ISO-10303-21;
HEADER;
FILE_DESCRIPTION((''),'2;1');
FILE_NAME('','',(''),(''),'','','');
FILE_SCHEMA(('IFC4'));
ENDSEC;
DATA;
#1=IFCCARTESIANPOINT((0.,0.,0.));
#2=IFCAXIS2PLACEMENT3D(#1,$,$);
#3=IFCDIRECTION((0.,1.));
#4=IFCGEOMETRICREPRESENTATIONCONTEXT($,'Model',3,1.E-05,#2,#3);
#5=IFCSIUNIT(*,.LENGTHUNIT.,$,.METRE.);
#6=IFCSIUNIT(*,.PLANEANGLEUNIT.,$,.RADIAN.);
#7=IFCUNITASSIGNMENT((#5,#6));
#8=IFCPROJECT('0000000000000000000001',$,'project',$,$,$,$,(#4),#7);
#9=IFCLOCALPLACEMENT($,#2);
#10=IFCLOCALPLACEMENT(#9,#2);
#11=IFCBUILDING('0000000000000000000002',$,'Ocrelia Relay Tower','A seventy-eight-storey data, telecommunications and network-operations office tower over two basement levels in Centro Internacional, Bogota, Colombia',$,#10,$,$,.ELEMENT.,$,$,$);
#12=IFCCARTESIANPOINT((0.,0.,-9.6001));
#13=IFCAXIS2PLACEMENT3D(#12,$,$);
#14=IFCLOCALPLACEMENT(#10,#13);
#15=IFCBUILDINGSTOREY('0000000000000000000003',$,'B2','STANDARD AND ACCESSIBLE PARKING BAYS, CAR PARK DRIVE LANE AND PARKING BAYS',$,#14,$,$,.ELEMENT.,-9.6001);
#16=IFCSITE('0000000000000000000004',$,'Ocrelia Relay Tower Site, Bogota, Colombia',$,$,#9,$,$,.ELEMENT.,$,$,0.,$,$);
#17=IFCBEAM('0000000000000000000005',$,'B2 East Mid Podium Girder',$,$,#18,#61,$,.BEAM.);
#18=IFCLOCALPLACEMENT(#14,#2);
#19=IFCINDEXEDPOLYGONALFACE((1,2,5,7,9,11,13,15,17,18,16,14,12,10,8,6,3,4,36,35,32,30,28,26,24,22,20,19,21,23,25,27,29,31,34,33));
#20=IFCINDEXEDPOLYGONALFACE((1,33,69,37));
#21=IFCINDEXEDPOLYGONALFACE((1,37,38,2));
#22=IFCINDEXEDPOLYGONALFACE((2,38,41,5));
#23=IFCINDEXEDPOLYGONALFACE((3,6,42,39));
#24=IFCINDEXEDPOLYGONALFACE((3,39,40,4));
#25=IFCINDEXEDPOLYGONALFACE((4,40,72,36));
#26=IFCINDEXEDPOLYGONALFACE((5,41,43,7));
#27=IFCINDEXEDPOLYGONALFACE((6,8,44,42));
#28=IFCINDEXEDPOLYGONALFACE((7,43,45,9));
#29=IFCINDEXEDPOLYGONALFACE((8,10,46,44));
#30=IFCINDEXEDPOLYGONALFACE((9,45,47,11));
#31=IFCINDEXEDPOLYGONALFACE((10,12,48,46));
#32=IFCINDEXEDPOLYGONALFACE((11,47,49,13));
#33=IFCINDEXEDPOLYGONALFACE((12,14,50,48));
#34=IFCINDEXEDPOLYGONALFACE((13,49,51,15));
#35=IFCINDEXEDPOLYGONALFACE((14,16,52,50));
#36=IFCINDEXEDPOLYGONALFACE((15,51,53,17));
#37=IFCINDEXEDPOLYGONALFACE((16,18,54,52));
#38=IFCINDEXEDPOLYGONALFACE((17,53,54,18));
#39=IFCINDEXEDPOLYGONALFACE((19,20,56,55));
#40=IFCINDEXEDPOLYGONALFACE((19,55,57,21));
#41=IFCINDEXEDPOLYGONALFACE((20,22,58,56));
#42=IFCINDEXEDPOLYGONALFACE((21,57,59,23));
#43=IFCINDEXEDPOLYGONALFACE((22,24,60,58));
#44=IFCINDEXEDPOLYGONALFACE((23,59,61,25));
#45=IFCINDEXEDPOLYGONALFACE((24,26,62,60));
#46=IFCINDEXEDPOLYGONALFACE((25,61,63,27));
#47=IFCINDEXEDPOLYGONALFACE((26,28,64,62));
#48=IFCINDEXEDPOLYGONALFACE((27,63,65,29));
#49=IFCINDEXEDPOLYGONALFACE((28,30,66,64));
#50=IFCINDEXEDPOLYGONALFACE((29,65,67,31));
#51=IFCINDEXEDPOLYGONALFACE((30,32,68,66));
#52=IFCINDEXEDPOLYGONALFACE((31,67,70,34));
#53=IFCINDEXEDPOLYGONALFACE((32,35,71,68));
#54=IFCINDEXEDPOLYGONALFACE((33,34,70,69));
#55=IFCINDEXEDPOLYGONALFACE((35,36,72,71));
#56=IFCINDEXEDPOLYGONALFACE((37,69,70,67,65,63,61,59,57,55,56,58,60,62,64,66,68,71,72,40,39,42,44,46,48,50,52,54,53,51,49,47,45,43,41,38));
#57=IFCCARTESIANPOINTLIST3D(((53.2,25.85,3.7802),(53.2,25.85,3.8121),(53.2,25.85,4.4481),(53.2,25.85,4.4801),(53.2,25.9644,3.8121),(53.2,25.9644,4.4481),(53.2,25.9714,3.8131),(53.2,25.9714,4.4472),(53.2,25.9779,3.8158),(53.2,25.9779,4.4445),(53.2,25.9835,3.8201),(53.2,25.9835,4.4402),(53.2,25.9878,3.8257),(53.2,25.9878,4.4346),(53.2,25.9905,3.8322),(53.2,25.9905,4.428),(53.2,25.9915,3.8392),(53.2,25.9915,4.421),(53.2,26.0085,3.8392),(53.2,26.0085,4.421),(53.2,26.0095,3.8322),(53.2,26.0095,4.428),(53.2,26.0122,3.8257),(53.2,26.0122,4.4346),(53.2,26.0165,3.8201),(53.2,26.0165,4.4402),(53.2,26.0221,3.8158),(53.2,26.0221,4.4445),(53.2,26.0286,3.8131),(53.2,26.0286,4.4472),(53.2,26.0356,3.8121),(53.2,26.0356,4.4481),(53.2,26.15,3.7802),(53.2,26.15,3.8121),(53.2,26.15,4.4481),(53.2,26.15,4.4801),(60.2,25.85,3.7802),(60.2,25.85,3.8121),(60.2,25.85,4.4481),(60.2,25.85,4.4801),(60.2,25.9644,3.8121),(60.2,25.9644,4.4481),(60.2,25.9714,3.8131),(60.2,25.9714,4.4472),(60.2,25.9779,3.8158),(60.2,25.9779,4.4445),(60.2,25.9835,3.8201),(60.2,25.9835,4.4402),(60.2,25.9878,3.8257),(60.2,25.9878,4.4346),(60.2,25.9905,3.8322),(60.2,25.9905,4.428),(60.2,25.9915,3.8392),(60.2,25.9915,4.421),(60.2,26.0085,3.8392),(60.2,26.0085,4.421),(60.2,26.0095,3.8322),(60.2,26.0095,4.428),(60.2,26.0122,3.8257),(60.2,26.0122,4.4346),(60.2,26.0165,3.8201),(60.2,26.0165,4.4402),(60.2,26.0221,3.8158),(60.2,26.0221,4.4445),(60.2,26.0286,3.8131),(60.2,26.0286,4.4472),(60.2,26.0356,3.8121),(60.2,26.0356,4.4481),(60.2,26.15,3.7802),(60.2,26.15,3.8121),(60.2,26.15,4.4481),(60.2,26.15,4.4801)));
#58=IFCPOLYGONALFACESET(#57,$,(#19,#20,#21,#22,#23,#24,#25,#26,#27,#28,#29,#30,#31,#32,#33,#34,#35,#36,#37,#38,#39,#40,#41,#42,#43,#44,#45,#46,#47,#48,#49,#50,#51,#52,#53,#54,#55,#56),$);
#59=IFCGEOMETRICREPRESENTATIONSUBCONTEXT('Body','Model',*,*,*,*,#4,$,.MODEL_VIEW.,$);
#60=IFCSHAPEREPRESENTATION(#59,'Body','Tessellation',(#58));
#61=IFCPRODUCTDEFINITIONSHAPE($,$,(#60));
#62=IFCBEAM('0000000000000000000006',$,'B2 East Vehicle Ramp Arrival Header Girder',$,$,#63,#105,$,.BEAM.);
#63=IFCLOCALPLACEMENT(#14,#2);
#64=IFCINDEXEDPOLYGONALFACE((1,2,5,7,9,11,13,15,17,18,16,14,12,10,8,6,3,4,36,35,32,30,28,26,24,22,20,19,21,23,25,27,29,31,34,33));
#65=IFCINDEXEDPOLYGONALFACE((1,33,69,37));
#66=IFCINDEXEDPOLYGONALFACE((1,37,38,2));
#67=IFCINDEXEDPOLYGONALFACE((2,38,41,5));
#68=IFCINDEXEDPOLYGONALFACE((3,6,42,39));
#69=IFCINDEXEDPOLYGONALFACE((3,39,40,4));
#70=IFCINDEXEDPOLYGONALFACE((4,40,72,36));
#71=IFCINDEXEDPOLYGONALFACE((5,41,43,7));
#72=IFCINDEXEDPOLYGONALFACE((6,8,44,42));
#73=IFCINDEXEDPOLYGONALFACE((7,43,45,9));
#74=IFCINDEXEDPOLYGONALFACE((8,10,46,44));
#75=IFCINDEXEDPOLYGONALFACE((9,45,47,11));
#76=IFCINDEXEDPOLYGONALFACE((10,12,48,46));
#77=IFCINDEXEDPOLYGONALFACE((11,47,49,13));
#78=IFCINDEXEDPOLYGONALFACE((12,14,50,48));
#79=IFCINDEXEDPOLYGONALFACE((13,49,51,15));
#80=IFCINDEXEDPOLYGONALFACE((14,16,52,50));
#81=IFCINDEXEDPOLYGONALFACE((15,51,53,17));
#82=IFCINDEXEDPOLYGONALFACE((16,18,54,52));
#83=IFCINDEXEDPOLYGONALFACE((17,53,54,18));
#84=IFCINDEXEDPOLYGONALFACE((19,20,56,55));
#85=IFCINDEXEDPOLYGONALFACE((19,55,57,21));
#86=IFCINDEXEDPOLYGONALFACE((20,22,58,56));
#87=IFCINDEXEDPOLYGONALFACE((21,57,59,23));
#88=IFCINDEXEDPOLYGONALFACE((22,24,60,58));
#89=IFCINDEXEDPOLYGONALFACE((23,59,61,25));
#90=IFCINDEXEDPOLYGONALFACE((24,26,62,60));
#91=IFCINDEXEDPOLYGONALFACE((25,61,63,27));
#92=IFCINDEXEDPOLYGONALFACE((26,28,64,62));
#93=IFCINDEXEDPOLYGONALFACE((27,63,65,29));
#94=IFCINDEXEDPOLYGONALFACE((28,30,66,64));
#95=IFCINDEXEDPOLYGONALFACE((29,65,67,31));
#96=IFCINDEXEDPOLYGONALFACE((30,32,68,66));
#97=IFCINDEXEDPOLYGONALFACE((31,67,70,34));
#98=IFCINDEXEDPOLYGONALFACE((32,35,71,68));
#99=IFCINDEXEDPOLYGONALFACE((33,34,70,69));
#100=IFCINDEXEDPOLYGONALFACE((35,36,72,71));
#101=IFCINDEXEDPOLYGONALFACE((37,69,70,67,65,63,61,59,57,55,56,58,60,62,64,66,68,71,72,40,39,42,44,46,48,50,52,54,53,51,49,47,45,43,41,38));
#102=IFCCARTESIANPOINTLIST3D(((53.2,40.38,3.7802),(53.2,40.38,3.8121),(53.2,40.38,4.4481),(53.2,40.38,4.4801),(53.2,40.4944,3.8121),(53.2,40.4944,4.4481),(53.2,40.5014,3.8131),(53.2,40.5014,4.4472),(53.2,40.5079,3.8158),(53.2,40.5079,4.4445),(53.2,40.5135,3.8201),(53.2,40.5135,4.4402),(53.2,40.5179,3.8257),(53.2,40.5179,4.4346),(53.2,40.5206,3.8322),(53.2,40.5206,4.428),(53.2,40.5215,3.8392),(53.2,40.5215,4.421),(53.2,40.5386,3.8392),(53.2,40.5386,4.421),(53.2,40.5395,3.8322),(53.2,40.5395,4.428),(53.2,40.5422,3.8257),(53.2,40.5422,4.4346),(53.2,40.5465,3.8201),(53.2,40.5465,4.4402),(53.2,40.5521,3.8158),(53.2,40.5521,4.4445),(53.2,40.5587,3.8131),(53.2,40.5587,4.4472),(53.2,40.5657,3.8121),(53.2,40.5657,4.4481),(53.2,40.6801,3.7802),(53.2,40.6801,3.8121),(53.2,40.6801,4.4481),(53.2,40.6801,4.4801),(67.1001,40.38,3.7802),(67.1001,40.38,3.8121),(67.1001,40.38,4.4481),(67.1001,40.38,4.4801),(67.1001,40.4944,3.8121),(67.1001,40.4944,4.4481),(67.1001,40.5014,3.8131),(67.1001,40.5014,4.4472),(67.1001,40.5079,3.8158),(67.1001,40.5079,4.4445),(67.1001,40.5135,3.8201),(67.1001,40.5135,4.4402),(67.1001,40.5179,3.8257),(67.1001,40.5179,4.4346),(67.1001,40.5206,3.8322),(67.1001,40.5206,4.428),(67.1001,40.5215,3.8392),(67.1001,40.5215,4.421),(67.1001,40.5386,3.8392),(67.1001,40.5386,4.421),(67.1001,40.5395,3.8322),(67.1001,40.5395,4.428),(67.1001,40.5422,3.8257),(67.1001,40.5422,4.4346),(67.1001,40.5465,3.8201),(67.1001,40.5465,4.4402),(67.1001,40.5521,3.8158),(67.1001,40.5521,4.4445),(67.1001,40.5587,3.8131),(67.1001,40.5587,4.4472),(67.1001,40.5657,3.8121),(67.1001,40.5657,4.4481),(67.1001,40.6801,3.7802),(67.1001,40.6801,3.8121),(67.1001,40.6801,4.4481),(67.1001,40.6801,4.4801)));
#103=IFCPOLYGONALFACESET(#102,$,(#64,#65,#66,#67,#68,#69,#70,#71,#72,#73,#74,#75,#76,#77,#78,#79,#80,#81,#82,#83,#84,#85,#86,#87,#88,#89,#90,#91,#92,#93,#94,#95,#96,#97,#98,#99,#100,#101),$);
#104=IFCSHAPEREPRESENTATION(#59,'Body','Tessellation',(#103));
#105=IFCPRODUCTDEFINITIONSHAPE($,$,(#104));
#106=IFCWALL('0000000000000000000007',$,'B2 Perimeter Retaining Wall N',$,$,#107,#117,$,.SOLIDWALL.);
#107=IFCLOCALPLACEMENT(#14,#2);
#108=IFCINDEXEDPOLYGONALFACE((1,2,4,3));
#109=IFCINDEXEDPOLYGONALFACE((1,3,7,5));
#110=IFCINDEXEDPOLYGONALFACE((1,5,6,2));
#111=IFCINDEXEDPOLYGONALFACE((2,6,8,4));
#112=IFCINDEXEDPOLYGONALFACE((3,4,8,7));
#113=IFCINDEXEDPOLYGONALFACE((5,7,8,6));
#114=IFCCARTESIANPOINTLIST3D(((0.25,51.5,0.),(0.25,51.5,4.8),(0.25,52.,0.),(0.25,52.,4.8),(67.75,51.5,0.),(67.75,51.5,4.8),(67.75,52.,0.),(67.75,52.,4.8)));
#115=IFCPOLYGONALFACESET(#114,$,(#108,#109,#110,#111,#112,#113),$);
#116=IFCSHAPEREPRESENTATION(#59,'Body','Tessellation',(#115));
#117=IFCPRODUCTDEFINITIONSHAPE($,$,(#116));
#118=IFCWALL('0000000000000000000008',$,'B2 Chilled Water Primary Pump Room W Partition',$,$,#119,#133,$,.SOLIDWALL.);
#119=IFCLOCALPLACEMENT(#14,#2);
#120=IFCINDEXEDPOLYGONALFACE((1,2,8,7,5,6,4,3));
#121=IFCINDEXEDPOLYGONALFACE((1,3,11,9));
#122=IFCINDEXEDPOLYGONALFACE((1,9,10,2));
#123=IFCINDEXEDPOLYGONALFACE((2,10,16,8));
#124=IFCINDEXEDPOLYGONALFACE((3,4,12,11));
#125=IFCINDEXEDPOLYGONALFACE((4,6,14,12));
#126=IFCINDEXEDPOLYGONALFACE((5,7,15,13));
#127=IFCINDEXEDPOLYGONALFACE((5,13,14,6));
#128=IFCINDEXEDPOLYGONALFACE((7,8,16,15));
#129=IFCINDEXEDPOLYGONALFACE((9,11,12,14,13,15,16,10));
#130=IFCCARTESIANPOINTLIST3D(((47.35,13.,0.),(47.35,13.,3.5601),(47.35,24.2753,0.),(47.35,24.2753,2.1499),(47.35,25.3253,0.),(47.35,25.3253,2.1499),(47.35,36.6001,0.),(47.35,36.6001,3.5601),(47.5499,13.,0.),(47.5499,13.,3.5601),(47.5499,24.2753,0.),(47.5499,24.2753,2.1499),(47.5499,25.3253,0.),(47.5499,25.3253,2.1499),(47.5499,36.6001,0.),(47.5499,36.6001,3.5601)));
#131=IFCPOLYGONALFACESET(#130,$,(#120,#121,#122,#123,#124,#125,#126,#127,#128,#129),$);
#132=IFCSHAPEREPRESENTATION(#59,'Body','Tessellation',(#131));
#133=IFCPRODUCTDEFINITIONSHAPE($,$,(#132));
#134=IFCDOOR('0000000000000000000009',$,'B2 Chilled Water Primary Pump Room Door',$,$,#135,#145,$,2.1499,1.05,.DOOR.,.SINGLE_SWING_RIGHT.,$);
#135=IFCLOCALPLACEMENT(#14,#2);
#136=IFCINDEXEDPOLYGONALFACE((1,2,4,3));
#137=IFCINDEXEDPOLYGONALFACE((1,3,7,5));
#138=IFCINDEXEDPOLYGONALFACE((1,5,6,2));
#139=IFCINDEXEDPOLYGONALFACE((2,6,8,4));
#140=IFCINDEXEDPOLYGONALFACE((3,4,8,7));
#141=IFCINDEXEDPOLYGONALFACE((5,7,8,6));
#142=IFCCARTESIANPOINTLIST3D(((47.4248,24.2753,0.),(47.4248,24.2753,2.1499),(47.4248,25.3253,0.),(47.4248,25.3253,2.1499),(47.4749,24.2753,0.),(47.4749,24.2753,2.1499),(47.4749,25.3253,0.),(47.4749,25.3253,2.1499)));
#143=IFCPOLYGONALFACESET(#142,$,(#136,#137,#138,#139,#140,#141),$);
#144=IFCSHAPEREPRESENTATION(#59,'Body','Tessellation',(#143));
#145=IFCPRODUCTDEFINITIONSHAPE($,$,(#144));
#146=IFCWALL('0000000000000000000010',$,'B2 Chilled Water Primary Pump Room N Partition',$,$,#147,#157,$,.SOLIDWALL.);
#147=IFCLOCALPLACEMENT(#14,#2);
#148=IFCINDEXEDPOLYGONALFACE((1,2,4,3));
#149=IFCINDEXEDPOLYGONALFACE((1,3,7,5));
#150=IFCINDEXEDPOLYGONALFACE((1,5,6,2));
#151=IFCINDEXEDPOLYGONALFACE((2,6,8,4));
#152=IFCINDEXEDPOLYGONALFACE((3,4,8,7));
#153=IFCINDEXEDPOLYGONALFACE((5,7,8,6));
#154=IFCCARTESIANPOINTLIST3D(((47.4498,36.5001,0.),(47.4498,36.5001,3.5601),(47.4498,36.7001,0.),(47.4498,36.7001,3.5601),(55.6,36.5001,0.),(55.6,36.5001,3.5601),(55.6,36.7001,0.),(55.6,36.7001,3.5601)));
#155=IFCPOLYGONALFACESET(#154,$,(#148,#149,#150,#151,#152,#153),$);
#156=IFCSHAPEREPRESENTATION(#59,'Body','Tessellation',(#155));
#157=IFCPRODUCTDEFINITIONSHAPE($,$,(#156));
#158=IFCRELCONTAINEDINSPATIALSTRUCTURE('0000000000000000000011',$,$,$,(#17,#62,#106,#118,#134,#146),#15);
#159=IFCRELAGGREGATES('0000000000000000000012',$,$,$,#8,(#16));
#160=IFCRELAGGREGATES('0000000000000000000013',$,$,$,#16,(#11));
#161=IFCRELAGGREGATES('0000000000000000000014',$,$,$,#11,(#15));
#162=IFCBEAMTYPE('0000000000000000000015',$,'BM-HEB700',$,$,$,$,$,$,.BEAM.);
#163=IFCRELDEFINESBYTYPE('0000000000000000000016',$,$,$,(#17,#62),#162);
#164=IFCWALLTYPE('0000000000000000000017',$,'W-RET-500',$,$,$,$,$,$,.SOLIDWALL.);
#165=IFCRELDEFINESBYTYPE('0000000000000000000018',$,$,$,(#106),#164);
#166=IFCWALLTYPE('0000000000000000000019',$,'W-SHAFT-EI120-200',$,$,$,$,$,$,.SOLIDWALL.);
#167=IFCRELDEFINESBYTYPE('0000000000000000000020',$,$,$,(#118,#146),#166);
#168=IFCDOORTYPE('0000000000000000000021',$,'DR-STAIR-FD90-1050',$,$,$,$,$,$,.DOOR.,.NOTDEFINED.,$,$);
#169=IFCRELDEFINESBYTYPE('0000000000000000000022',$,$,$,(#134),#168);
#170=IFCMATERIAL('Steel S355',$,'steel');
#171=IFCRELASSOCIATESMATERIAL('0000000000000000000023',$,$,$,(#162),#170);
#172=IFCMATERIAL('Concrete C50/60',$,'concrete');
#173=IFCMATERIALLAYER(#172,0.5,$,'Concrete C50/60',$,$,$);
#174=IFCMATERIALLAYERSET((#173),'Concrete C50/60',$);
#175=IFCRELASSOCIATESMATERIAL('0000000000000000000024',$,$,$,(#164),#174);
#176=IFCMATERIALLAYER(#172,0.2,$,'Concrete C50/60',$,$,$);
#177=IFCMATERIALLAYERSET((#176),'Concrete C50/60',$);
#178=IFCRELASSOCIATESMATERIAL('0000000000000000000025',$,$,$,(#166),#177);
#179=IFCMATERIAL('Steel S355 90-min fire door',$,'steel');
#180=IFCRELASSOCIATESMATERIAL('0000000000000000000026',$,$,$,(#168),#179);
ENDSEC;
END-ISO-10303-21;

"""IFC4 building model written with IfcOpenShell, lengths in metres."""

from ifc_helpers import new_model, si_unit, direction, frame, frame_2d, origin, origin_2d, place, context, subcontext, project, spatial, rectangle, i_section, extrude, material, layer, layer_set, material_profile, profile_set, type_object, element, fill, save


model = new_model("IFC4")

# Units and contexts
model_context = context("Model", 3, precision=1e-05, world=origin(), true_north=direction((0.0, 1.0)))
body_context = subcontext(model_context, "Body", "Model", "MODEL_VIEW")
ifc_project = project(units=[si_unit("LENGTHUNIT", "METRE"), si_unit("PLANEANGLEUNIT", "RADIAN")], contexts=[model_context])

# Site, building, storey
site_placement = place(None, origin())
site = spatial("IfcSite", under=ifc_project, at=site_placement, Name="Ocrelia Relay Tower Site, Bogota, Colombia", CompositionType="ELEMENT", RefElevation=0.0)
building_placement = place(site_placement, origin())
building = spatial("IfcBuilding", under=site, at=building_placement, Name="Ocrelia Relay Tower", Description="A seventy-eight-storey data, telecommunications and network-operations office tower over two basement levels in Centro Internacional, Bogota, Colombia", CompositionType="ELEMENT")
storey_placement = place(building_placement, frame((0.0, 0.0, -9.6001)))
storey = spatial("IfcBuildingStorey", under=building, at=storey_placement, Name="B2", Description="STANDARD AND ACCESSIBLE PARKING BAYS, CAR PARK DRIVE LANE AND PARKING BAYS", CompositionType="ELEMENT", Elevation=-9.6001)

# Shared definitions
ifc_material_1 = material(Name="Concrete C50/60", Category="concrete")

# Beams
ifc_material_2 = material(Name="Steel S355", Category="steel")
ifc_material_profile_1 = material_profile(ifc_material_2, i_section(OverallWidth=0.3, OverallDepth=0.7, WebThickness=0.0171, FlangeThickness=0.032, FilletRadius=0.0271, at=origin_2d()), Name="HEB 700")
ifc_profile_set_1 = profile_set([ifc_material_profile_1], Name="Steel S355")
beam_type_1 = type_object("IfcBeamType", Name="BM-HEB700", PredefinedType="BEAM", material=ifc_profile_set_1)
beam_1_placement = place(storey_placement, frame((53.2, 26.0, 4.1301), z_axis=(1.0, 0.0, 0.0), x_axis=(0.0, 1.0, 0.0)))
element("IfcBeam", 1, at=beam_1_placement, inside=storey, type_object=beam_type_1, Name="B2 East Mid Podium Girder", PredefinedType="BEAM", context=body_context, shape_type="SweptSolid", body=[
    extrude(i_section(OverallWidth=0.3, OverallDepth=0.7, WebThickness=0.0171, FlangeThickness=0.032, FilletRadius=0.0271, at=origin_2d()), origin(), (0.0, 0.0, 1.0), 7.0),
])
beam_2_placement = place(storey_placement, frame((53.2, 40.53, 4.1301), z_axis=(1.0, 0.0, 0.0), x_axis=(0.0, 1.0, 0.0)))
element("IfcBeam", 2, at=beam_2_placement, inside=storey, type_object=beam_type_1, Name="B2 East Vehicle Ramp Arrival Header Girder", PredefinedType="BEAM", context=body_context, shape_type="SweptSolid", body=[
    extrude(i_section(OverallWidth=0.3, OverallDepth=0.7, WebThickness=0.0171, FlangeThickness=0.032, FilletRadius=0.0271, at=origin_2d()), origin(), (0.0, 0.0, 1.0), 13.9001),
])

# Wall
ifc_layer_1 = layer(ifc_material_1, 0.5, Name="Concrete C50/60")
ifc_layer_set_1 = layer_set([ifc_layer_1], Name="Concrete C50/60")
wall_type_1 = type_object("IfcWallType", Name="W-RET-500", PredefinedType="SOLIDWALL", material=ifc_layer_set_1)
wall_1_placement = place(storey_placement, frame((67.75, 51.75, 0.0), z_axis=(0.0, 0.0, 1.0), x_axis=(-1.0, 0.0, 0.0)))
element("IfcWall", 3, at=wall_1_placement, inside=storey, type_object=wall_type_1, Name="B2 Perimeter Retaining Wall N", PredefinedType="SOLIDWALL", context=body_context, shape_type="SweptSolid", body=[
    extrude(rectangle(XDim=67.5, YDim=0.5, at=frame_2d((33.75, 0.0))), origin(), (0.0, 0.0, 1.0), 4.8),
])

# Wall, opening, door
ifc_layer_2 = layer(ifc_material_1, 0.2, Name="Concrete C50/60")
ifc_layer_set_2 = layer_set([ifc_layer_2], Name="Concrete C50/60")
wall_type_2 = type_object("IfcWallType", Name="W-SHAFT-EI120-200", PredefinedType="SOLIDWALL", material=ifc_layer_set_2)
wall_2_placement = place(storey_placement, frame((47.45, 36.6001, 0.0), z_axis=(0.0, 0.0, 1.0), x_axis=(0.0, -1.0, 0.0)))
wall_2 = element("IfcWall", 4, at=wall_2_placement, inside=storey, type_object=wall_type_2, Name="B2 Chilled Water Primary Pump Room W Partition", PredefinedType="SOLIDWALL", context=body_context, shape_type="SweptSolid", body=[
    extrude(rectangle(XDim=23.6001, YDim=0.2, at=frame_2d((11.8, 0.0))), origin(), (0.0, 0.0, 1.0), 3.5601),
])
opening_placement = place(wall_2_placement, frame((11.2749, 0.0, 0.0)))
opening = element("IfcOpeningElement", 5, at=opening_placement, cuts=wall_2, PredefinedType="OPENING", context=body_context, shape_type="SweptSolid", body=[
    extrude(rectangle(XDim=1.05, YDim=2.1499, at=frame_2d((0.5249, 1.075))), frame((0.0, 0.1099, 0.0), z_axis=(0.0, -1.0, 0.0), x_axis=(1.0, 0.0, 0.0)), (0.0, 0.0, 1.0), 0.22),
])
ifc_material_3 = material(Name="Steel S355 90-min fire door", Category="steel")
door_type = type_object("IfcDoorType", Name="DR-STAIR-FD90-1050", OperationType="NOTDEFINED", PredefinedType="DOOR", material=ifc_material_3)
door_placement = place(opening_placement, origin())
door = element("IfcDoor", 6, at=door_placement, inside=storey, type_object=door_type, Name="B2 Chilled Water Primary Pump Room Door", OperationType="SINGLE_SWING_RIGHT", OverallHeight=2.1499, OverallWidth=1.05, PredefinedType="DOOR", context=body_context, shape_type="SweptSolid", body=[
    extrude(rectangle(XDim=1.05, YDim=2.1499, at=frame_2d((0.5249, 1.075))), frame((0.0, 0.0249, 0.0), z_axis=(0.0, -1.0, 0.0), x_axis=(1.0, 0.0, 0.0)), (0.0, 0.0, 1.0), 0.05),
])
fill(opening, door)

# Wall
wall_3_placement = place(storey_placement, frame((55.6001, 36.6001, 0.0), z_axis=(0.0, 0.0, 1.0), x_axis=(-1.0, 0.0, 0.0)))
element("IfcWall", 7, at=wall_3_placement, inside=storey, type_object=wall_type_2, Name="B2 Chilled Water Primary Pump Room N Partition", PredefinedType="SOLIDWALL", context=body_context, shape_type="SweptSolid", body=[
    extrude(rectangle(XDim=8.1501, YDim=0.2, at=frame_2d((4.0752, 0.0))), origin(), (0.0, 0.0, 1.0), 3.5601),
])

save(model, "model.ifc")
